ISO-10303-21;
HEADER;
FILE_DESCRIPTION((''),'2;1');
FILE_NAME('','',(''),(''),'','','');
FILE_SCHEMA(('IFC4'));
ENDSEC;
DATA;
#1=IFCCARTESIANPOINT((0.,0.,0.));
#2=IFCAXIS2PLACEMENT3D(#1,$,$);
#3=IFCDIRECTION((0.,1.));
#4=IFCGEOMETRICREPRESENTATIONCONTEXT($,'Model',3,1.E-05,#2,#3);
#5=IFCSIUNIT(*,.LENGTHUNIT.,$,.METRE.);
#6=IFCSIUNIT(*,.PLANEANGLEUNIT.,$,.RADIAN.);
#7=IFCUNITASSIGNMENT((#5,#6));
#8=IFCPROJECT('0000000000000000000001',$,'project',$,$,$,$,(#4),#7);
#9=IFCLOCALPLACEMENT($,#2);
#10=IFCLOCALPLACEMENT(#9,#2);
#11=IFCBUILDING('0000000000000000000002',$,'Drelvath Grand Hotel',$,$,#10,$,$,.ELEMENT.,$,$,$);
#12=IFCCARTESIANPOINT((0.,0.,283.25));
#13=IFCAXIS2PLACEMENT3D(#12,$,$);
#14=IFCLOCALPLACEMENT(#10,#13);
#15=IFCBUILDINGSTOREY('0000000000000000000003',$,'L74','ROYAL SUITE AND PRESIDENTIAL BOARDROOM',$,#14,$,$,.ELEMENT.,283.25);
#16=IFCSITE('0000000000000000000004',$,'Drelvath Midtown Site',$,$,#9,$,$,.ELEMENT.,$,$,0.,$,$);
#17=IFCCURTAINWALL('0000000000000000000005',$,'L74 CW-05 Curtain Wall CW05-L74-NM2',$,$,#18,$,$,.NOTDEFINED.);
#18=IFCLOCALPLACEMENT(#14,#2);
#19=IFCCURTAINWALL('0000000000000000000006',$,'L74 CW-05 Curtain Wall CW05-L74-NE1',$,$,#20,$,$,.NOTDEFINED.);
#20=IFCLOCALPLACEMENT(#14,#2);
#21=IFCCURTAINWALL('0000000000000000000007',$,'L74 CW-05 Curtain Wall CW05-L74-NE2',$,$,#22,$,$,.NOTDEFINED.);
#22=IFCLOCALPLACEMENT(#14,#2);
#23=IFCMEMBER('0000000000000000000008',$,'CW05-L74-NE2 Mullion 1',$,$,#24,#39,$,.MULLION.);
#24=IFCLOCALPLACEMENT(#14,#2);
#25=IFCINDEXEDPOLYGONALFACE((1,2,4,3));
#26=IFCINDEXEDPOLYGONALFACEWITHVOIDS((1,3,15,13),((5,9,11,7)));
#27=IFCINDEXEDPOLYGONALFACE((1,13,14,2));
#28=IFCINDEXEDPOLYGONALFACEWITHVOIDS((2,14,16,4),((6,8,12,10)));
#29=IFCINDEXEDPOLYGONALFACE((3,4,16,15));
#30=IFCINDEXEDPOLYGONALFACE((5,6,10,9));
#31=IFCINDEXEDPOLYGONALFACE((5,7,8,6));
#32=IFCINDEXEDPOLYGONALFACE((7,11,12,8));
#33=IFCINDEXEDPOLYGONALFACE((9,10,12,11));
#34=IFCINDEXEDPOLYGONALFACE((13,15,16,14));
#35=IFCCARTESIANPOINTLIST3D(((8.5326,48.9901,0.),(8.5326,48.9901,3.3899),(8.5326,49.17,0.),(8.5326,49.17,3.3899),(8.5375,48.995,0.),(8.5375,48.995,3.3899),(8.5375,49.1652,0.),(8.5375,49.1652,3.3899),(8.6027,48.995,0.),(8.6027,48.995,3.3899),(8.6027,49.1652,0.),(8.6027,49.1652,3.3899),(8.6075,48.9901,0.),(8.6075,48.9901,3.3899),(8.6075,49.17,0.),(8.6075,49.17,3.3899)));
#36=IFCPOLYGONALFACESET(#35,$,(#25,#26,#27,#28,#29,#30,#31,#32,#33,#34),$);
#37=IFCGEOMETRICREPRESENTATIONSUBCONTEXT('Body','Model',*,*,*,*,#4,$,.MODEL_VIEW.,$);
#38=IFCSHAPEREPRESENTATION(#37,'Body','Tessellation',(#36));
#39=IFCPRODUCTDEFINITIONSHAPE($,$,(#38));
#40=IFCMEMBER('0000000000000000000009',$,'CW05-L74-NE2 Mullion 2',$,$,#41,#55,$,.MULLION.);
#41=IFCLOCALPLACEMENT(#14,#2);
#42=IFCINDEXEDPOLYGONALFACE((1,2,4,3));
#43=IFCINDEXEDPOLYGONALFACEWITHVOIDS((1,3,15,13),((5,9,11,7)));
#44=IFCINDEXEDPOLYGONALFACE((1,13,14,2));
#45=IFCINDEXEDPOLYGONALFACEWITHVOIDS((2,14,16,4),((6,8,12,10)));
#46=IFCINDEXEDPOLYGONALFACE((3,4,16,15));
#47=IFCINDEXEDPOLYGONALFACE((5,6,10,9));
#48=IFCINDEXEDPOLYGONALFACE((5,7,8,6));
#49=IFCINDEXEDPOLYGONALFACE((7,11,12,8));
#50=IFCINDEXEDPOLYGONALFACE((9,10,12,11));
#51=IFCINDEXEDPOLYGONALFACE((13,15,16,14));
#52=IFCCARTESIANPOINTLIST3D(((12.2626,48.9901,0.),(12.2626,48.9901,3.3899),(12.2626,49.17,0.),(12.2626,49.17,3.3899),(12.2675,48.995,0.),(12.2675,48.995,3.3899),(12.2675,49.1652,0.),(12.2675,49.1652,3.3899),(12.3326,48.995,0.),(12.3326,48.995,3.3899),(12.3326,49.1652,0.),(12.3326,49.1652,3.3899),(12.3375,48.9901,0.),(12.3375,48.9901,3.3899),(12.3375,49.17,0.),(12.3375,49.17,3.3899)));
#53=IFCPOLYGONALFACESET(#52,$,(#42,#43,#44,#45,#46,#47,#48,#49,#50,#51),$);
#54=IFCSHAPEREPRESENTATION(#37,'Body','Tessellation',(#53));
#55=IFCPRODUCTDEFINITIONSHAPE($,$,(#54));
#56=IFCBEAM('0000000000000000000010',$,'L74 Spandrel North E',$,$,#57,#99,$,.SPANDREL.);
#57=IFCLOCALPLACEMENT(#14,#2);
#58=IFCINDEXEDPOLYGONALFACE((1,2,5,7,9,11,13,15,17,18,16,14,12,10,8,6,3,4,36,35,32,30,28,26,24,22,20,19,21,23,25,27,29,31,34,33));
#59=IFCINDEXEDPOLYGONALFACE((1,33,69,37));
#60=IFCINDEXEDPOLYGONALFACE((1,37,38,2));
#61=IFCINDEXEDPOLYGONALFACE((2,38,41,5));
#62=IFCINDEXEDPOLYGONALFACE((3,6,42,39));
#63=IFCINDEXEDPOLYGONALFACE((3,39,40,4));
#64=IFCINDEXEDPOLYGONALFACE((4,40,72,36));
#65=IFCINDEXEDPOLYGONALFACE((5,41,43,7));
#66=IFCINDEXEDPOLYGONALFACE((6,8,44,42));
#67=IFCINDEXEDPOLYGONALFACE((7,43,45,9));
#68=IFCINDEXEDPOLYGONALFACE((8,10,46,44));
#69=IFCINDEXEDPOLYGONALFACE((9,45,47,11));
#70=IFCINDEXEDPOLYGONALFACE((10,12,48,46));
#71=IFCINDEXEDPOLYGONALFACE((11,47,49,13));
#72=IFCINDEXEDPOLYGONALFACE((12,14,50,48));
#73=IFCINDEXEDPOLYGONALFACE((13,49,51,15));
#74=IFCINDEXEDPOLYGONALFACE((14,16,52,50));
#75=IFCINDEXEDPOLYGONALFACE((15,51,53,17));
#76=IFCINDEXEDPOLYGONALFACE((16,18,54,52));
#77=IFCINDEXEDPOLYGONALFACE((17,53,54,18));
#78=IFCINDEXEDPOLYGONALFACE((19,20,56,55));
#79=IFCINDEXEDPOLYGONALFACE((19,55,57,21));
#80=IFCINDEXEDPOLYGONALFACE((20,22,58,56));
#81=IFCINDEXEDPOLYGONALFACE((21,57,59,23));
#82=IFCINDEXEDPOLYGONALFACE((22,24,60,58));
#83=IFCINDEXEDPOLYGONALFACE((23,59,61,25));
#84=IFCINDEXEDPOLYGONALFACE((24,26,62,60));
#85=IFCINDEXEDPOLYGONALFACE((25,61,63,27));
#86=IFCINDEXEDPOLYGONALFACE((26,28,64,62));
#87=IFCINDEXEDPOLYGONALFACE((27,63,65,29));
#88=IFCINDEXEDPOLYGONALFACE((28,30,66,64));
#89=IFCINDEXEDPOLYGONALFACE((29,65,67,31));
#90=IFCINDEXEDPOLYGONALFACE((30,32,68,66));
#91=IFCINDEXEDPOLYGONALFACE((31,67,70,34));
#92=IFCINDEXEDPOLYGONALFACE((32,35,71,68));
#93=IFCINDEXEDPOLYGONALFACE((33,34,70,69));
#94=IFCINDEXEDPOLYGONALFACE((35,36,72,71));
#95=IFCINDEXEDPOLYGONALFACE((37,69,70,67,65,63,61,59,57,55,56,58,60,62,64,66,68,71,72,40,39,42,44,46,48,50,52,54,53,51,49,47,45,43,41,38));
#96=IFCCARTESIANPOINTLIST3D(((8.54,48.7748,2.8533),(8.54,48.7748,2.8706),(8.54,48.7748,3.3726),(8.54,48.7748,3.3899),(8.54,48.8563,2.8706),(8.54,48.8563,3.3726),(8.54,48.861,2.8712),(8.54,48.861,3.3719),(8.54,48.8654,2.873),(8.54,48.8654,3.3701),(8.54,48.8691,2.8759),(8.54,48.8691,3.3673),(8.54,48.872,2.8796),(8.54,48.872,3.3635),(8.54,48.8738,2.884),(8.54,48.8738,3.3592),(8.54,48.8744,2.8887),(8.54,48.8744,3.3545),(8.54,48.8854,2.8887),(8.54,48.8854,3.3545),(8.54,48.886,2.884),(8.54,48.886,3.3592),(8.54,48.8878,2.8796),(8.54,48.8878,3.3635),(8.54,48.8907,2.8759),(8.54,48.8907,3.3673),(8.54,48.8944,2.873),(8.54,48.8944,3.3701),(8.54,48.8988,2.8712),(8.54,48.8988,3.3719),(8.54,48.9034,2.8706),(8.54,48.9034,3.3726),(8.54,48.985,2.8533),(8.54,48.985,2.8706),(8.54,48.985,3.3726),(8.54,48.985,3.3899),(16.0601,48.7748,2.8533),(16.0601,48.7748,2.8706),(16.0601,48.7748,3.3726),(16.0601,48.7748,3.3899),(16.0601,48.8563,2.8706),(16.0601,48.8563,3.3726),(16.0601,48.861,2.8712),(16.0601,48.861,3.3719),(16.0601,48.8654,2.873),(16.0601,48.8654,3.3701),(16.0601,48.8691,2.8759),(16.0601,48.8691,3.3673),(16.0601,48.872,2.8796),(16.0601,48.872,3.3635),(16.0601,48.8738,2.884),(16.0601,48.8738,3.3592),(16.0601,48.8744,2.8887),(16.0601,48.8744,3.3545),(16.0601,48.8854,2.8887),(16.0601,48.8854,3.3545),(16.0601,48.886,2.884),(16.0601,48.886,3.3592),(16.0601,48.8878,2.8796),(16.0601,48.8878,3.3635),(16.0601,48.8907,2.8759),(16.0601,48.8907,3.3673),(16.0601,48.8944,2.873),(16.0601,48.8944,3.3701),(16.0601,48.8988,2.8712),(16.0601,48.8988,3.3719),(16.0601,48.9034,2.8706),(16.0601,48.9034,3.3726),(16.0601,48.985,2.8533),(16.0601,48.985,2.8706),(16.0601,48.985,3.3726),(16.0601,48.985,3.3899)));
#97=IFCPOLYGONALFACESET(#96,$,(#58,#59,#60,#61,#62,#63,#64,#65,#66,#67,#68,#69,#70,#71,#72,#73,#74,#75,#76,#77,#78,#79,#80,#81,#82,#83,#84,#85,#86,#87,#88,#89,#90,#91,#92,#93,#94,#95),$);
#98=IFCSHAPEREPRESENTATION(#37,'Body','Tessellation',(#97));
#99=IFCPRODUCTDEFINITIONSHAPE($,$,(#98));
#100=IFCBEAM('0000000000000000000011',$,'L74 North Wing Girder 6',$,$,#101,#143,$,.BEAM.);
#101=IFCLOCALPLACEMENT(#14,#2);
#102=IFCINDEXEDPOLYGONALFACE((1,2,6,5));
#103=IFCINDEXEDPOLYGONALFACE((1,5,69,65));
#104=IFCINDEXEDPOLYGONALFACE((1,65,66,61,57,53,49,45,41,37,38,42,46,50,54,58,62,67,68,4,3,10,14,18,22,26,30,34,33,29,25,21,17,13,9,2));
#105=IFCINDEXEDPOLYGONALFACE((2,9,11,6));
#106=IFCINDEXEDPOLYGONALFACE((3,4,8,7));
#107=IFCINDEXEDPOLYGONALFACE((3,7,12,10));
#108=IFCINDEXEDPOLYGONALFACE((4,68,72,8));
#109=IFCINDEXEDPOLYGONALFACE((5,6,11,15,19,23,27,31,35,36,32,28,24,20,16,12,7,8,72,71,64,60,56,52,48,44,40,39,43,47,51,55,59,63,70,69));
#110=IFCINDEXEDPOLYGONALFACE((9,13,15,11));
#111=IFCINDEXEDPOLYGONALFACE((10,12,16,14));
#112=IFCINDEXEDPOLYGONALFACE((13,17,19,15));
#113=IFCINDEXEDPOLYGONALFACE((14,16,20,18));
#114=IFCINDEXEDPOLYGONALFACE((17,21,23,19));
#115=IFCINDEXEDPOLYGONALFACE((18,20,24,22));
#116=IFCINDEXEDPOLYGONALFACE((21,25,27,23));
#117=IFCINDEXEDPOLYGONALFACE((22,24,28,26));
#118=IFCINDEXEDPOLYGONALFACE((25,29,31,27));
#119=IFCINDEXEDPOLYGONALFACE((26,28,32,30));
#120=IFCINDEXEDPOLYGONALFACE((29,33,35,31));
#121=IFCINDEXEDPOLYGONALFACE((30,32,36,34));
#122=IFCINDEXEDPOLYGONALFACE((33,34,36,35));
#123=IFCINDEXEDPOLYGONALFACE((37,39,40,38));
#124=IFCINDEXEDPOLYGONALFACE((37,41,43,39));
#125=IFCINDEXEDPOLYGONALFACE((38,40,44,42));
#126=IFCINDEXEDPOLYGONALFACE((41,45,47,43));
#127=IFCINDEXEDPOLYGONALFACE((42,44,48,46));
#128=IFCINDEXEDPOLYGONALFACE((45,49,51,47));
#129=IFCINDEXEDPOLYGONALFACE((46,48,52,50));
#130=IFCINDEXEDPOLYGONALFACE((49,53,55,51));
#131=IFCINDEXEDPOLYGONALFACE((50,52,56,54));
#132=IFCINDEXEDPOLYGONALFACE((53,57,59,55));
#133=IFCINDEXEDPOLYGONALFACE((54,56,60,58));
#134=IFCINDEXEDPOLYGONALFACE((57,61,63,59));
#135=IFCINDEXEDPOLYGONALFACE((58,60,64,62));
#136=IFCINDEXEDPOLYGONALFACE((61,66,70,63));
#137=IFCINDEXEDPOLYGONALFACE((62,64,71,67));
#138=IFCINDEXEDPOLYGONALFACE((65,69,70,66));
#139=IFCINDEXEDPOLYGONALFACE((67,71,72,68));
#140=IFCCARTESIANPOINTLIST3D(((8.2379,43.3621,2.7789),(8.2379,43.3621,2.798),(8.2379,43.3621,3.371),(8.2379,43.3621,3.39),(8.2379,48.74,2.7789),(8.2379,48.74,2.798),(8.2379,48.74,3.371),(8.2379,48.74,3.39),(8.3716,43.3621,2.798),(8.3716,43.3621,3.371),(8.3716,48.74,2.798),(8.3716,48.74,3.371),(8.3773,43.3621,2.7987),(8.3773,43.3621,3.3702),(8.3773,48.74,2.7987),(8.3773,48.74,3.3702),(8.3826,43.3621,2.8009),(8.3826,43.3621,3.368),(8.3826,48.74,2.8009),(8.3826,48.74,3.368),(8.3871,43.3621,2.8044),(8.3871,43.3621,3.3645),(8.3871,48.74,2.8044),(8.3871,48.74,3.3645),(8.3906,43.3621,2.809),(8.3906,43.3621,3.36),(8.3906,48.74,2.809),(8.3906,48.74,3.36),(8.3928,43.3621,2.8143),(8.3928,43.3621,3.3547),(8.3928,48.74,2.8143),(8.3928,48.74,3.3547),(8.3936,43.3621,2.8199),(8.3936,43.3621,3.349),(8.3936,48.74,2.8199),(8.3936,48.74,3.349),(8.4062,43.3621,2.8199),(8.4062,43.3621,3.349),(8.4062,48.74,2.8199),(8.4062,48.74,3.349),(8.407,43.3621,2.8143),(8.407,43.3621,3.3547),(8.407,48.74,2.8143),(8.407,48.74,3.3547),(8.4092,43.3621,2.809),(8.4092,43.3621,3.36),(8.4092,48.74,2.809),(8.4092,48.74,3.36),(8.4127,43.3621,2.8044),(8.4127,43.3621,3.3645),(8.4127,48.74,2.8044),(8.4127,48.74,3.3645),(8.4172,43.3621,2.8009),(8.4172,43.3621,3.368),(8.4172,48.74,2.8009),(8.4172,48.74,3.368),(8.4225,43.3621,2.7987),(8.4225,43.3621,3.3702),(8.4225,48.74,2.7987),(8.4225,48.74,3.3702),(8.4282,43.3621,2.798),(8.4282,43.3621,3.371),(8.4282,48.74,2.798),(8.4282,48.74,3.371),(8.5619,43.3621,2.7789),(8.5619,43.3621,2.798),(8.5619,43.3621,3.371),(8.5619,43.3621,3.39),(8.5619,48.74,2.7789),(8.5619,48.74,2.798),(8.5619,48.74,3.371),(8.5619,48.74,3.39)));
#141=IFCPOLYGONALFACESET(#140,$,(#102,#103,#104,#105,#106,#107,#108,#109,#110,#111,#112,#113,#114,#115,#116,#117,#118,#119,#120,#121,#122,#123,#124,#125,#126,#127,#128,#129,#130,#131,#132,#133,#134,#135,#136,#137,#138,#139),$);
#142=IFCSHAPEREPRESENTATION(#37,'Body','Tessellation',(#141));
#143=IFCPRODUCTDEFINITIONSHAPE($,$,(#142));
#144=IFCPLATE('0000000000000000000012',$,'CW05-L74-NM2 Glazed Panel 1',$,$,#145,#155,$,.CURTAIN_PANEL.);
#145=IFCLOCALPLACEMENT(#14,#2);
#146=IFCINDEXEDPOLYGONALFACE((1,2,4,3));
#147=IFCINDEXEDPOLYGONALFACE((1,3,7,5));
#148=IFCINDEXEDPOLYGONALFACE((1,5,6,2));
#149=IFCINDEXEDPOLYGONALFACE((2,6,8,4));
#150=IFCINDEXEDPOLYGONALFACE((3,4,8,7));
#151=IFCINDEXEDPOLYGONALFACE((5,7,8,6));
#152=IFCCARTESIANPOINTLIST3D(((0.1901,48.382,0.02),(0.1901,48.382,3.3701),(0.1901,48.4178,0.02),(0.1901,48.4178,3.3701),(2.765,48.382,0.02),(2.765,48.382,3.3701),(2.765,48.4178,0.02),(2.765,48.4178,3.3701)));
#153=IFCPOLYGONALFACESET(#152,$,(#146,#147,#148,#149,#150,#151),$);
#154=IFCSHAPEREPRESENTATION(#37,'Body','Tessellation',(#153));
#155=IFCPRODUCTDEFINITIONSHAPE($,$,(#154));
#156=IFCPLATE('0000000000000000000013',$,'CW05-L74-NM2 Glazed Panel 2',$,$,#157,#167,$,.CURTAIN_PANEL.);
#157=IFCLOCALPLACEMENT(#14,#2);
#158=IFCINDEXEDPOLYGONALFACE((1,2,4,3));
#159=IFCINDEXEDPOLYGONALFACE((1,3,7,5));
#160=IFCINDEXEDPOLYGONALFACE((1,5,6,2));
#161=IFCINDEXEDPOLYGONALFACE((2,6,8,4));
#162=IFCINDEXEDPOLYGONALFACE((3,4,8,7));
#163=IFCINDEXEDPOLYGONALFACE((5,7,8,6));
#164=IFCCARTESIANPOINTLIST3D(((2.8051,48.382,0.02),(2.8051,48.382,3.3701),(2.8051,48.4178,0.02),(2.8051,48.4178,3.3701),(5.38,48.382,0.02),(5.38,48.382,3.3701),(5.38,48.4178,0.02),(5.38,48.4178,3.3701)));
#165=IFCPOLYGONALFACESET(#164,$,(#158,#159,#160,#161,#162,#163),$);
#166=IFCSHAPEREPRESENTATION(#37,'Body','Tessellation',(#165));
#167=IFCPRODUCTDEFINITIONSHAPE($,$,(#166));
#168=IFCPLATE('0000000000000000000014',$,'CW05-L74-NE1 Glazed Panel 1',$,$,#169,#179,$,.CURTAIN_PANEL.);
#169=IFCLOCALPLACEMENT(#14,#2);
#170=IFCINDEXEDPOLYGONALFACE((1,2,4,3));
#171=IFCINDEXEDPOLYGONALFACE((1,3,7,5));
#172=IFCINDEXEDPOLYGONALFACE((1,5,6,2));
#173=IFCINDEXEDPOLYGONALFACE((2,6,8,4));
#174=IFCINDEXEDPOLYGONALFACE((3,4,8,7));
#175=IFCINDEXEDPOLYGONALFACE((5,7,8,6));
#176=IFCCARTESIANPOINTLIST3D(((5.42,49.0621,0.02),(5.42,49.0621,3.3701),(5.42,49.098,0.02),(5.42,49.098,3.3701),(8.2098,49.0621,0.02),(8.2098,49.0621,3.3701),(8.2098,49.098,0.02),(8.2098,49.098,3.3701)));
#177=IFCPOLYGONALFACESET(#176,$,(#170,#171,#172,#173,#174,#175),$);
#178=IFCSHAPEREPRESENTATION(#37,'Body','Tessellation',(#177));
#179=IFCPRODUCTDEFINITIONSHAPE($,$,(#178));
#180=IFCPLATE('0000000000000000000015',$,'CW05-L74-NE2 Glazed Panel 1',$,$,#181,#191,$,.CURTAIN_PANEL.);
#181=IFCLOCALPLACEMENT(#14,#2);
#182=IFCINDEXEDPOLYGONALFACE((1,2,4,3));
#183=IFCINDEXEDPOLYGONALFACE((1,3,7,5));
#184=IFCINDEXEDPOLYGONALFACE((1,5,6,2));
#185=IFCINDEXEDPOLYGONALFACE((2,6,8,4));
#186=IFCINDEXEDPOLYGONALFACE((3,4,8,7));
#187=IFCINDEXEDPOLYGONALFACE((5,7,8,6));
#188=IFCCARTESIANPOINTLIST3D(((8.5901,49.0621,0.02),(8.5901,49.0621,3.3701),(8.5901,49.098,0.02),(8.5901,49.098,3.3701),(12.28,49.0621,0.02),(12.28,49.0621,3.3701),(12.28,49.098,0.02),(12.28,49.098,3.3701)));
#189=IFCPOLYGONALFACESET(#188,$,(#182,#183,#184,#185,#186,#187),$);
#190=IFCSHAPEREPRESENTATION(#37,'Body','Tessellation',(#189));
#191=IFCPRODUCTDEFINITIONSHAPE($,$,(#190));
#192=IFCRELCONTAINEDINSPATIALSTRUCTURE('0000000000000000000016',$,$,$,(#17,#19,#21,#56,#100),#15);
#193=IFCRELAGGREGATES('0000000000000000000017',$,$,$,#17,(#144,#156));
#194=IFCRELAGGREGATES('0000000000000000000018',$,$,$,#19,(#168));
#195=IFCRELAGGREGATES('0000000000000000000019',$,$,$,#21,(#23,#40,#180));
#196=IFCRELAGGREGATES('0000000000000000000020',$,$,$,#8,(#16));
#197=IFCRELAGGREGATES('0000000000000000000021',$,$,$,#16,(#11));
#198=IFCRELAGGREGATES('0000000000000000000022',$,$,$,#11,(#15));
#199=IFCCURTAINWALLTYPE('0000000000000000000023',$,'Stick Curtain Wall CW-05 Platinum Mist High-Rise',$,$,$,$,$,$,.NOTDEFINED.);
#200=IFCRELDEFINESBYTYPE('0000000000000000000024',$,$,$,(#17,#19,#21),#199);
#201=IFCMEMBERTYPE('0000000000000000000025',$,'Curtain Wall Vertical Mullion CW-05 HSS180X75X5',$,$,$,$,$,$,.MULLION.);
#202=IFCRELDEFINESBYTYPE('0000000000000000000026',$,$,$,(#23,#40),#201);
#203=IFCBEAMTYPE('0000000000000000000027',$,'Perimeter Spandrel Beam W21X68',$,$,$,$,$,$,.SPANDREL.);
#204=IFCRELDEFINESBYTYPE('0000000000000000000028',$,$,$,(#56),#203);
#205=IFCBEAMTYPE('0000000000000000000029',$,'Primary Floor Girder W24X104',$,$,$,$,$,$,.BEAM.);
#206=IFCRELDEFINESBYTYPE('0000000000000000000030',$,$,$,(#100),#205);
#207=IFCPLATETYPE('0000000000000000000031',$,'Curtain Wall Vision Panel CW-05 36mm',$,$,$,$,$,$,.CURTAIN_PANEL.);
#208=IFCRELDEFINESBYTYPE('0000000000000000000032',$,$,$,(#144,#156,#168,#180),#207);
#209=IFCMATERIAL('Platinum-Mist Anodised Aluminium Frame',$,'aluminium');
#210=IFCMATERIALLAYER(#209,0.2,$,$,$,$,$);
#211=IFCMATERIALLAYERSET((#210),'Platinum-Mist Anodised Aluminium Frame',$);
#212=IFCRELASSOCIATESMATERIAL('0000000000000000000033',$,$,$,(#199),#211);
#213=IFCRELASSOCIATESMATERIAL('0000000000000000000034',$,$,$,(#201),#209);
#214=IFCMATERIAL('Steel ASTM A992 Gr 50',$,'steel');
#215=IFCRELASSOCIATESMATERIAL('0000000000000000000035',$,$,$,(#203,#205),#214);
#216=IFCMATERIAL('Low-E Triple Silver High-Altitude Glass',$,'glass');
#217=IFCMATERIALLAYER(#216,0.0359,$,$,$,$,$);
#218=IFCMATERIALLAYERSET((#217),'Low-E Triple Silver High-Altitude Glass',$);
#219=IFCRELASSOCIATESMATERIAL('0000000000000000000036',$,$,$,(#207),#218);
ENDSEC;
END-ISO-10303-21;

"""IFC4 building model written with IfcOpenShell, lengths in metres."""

from ifc_helpers import new_model, si_unit, direction, frame, origin, origin_2d, place, context, subcontext, project, spatial, rectangle, hollow_rectangle, i_section, extrude, material, layer, layer_set, material_profile, profile_set, type_object, element, aggregate, save


model = new_model("IFC4")

# Units and contexts
model_context = context("Model", 3, precision=1e-05, world=origin(), true_north=direction((0.0, 1.0)))
body_context = subcontext(model_context, "Body", "Model", "MODEL_VIEW")
ifc_project = project(units=[si_unit("LENGTHUNIT", "METRE"), si_unit("PLANEANGLEUNIT", "RADIAN")], contexts=[model_context])

# Site, building, storey
site_placement = place(None, origin())
site = spatial("IfcSite", under=ifc_project, at=site_placement, Name="Drelvath Midtown Site", CompositionType="ELEMENT", RefElevation=0.0)
building_placement = place(site_placement, origin())
building = spatial("IfcBuilding", under=site, at=building_placement, Name="Drelvath Grand Hotel", CompositionType="ELEMENT")
storey_placement = place(building_placement, frame((0.0, 0.0, 283.25)))
storey = spatial("IfcBuildingStorey", under=building, at=storey_placement, Name="L74", Description="ROYAL SUITE AND PRESIDENTIAL BOARDROOM", CompositionType="ELEMENT", Elevation=283.25)

# Curtain walls
ifc_material_1 = material(Name="Platinum-Mist Anodised Aluminium Frame", Category="aluminium")
ifc_layer_1 = layer(ifc_material_1, 0.2)
ifc_layer_set_1 = layer_set([ifc_layer_1], Name="Platinum-Mist Anodised Aluminium Frame")
curtain_wall_type = type_object("IfcCurtainWallType", Name="Stick Curtain Wall CW-05 Platinum Mist High-Rise", PredefinedType="NOTDEFINED", material=ifc_layer_set_1)
curtain_wall_1_placement = place(storey_placement, origin())
curtain_wall_1 = element("IfcCurtainWall", 1, at=curtain_wall_1_placement, inside=storey, type_object=curtain_wall_type, Name="L74 CW-05 Curtain Wall CW05-L74-NM2", PredefinedType="NOTDEFINED")
curtain_wall_2_placement = place(storey_placement, origin())
curtain_wall_2 = element("IfcCurtainWall", 2, at=curtain_wall_2_placement, inside=storey, type_object=curtain_wall_type, Name="L74 CW-05 Curtain Wall CW05-L74-NE1", PredefinedType="NOTDEFINED")
curtain_wall_3_placement = place(storey_placement, origin())
curtain_wall_3 = element("IfcCurtainWall", 3, at=curtain_wall_3_placement, inside=storey, type_object=curtain_wall_type, Name="L74 CW-05 Curtain Wall CW05-L74-NE2", PredefinedType="NOTDEFINED")

# Members
ifc_material_profile_1 = material_profile(ifc_material_1, hollow_rectangle(XDim=0.075, YDim=0.1799, WallThickness=0.0049, at=origin_2d()), Name="HSS180X75X5")
ifc_profile_set_1 = profile_set([ifc_material_profile_1], Name="Platinum-Mist Anodised Aluminium Frame")
member_type_1 = type_object("IfcMemberType", Name="Curtain Wall Vertical Mullion CW-05 HSS180X75X5", PredefinedType="MULLION", material=ifc_profile_set_1)
member_1_placement = place(storey_placement, frame((8.5701, 49.0801, 0.0), z_axis=(0.0, 0.0, 1.0), x_axis=(1.0, 0.0, 0.0)))
member_1 = element("IfcMember", 4, at=member_1_placement, type_object=member_type_1, Name="CW05-L74-NE2 Mullion 1", PredefinedType="MULLION", context=body_context, shape_type="SweptSolid", body=[
    extrude(hollow_rectangle(XDim=0.075, YDim=0.1799, WallThickness=0.0049, at=origin_2d()), origin(), (0.0, 0.0, 1.0), 3.3899),
])
member_2_placement = place(storey_placement, frame((12.3, 49.0801, 0.0), z_axis=(0.0, 0.0, 1.0), x_axis=(1.0, 0.0, 0.0)))
member_2 = element("IfcMember", 5, at=member_2_placement, type_object=member_type_1, Name="CW05-L74-NE2 Mullion 2", PredefinedType="MULLION", context=body_context, shape_type="SweptSolid", body=[
    extrude(hollow_rectangle(XDim=0.075, YDim=0.1799, WallThickness=0.0049, at=origin_2d()), origin(), (0.0, 0.0, 1.0), 3.3899),
])

# Beams
ifc_material_2 = material(Name="Steel ASTM A992 Gr 50", Category="steel")
ifc_material_profile_2 = material_profile(ifc_material_2, i_section(OverallWidth=0.2102, OverallDepth=0.5366, WebThickness=0.011, FlangeThickness=0.0173, FilletRadius=0.0181, at=origin_2d()), Name="W21X68")
ifc_profile_set_2 = profile_set([ifc_material_profile_2], Name="Steel ASTM A992 Gr 50")
beam_type_1 = type_object("IfcBeamType", Name="Perimeter Spandrel Beam W21X68", PredefinedType="SPANDREL", material=ifc_profile_set_2)
beam_1_placement = place(storey_placement, frame((8.54, 48.8799, 3.1216), z_axis=(1.0, 0.0, 0.0), x_axis=(0.0, 1.0, 0.0)))
element("IfcBeam", 6, at=beam_1_placement, inside=storey, type_object=beam_type_1, Name="L74 Spandrel North E", PredefinedType="SPANDREL", context=body_context, shape_type="SweptSolid", body=[
    extrude(i_section(OverallWidth=0.2102, OverallDepth=0.5366, WebThickness=0.011, FlangeThickness=0.0173, FilletRadius=0.0181, at=origin_2d()), origin(), (0.0, 0.0, 1.0), 7.52),
])
ifc_material_profile_3 = material_profile(ifc_material_2, i_section(OverallWidth=0.324, OverallDepth=0.6111, WebThickness=0.0127, FlangeThickness=0.019, FilletRadius=0.022, at=origin_2d()), Name="W24X104")
ifc_profile_set_3 = profile_set([ifc_material_profile_3], Name="Steel ASTM A992 Gr 50")
beam_type_2 = type_object("IfcBeamType", Name="Primary Floor Girder W24X104", PredefinedType="BEAM", material=ifc_profile_set_3)
beam_2_placement = place(storey_placement, frame((8.3999, 43.3621, 3.0845), z_axis=(0.0, 1.0, 0.0), x_axis=(-1.0, 0.0, 0.0)))
element("IfcBeam", 7, at=beam_2_placement, inside=storey, type_object=beam_type_2, Name="L74 North Wing Girder 6", PredefinedType="BEAM", context=body_context, shape_type="SweptSolid", body=[
    extrude(i_section(OverallWidth=0.324, OverallDepth=0.6111, WebThickness=0.0127, FlangeThickness=0.019, FilletRadius=0.022, at=origin_2d()), origin(), (0.0, 0.0, 1.0), 5.3779),
])

# Plates
ifc_material_3 = material(Name="Low-E Triple Silver High-Altitude Glass", Category="glass")
ifc_layer_2 = layer(ifc_material_3, 0.0359)
ifc_layer_set_2 = layer_set([ifc_layer_2], Name="Low-E Triple Silver High-Altitude Glass")
plate_type = type_object("IfcPlateType", Name="Curtain Wall Vision Panel CW-05 36mm", PredefinedType="CURTAIN_PANEL", material=ifc_layer_set_2)
plate_1_placement = place(storey_placement, frame((1.4775, 48.3999, 0.02), z_axis=(0.0, 0.0, 1.0), x_axis=(1.0, 0.0, 0.0)))
plate_1 = element("IfcPlate", 8, at=plate_1_placement, type_object=plate_type, Name="CW05-L74-NM2 Glazed Panel 1", PredefinedType="CURTAIN_PANEL", context=body_context, shape_type="SweptSolid", body=[
    extrude(rectangle(XDim=2.575, YDim=0.0359, at=origin_2d()), origin(), (0.0, 0.0, 1.0), 3.3501),
])
plate_2_placement = place(storey_placement, frame((4.0925, 48.3999, 0.02), z_axis=(0.0, 0.0, 1.0), x_axis=(1.0, 0.0, 0.0)))
plate_2 = element("IfcPlate", 9, at=plate_2_placement, type_object=plate_type, Name="CW05-L74-NM2 Glazed Panel 2", PredefinedType="CURTAIN_PANEL", context=body_context, shape_type="SweptSolid", body=[
    extrude(rectangle(XDim=2.575, YDim=0.0359, at=origin_2d()), origin(), (0.0, 0.0, 1.0), 3.3501),
])
aggregate(curtain_wall_1, [plate_1, plate_2])
plate_3_placement = place(storey_placement, frame((6.8149, 49.0801, 0.02), z_axis=(0.0, 0.0, 1.0), x_axis=(1.0, 0.0, 0.0)))
plate_3 = element("IfcPlate", 10, at=plate_3_placement, type_object=plate_type, Name="CW05-L74-NE1 Glazed Panel 1", PredefinedType="CURTAIN_PANEL", context=body_context, shape_type="SweptSolid", body=[
    extrude(rectangle(XDim=2.7898, YDim=0.0359, at=origin_2d()), origin(), (0.0, 0.0, 1.0), 3.3501),
])
aggregate(curtain_wall_2, [plate_3])
plate_4_placement = place(storey_placement, frame((10.4351, 49.0801, 0.02), z_axis=(0.0, 0.0, 1.0), x_axis=(1.0, 0.0, 0.0)))
plate_4 = element("IfcPlate", 11, at=plate_4_placement, type_object=plate_type, Name="CW05-L74-NE2 Glazed Panel 1", PredefinedType="CURTAIN_PANEL", context=body_context, shape_type="SweptSolid", body=[
    extrude(rectangle(XDim=3.6899, YDim=0.0359, at=origin_2d()), origin(), (0.0, 0.0, 1.0), 3.3501),
])
aggregate(curtain_wall_3, [member_1, member_2, plate_4])

save(model, "model.ifc")
